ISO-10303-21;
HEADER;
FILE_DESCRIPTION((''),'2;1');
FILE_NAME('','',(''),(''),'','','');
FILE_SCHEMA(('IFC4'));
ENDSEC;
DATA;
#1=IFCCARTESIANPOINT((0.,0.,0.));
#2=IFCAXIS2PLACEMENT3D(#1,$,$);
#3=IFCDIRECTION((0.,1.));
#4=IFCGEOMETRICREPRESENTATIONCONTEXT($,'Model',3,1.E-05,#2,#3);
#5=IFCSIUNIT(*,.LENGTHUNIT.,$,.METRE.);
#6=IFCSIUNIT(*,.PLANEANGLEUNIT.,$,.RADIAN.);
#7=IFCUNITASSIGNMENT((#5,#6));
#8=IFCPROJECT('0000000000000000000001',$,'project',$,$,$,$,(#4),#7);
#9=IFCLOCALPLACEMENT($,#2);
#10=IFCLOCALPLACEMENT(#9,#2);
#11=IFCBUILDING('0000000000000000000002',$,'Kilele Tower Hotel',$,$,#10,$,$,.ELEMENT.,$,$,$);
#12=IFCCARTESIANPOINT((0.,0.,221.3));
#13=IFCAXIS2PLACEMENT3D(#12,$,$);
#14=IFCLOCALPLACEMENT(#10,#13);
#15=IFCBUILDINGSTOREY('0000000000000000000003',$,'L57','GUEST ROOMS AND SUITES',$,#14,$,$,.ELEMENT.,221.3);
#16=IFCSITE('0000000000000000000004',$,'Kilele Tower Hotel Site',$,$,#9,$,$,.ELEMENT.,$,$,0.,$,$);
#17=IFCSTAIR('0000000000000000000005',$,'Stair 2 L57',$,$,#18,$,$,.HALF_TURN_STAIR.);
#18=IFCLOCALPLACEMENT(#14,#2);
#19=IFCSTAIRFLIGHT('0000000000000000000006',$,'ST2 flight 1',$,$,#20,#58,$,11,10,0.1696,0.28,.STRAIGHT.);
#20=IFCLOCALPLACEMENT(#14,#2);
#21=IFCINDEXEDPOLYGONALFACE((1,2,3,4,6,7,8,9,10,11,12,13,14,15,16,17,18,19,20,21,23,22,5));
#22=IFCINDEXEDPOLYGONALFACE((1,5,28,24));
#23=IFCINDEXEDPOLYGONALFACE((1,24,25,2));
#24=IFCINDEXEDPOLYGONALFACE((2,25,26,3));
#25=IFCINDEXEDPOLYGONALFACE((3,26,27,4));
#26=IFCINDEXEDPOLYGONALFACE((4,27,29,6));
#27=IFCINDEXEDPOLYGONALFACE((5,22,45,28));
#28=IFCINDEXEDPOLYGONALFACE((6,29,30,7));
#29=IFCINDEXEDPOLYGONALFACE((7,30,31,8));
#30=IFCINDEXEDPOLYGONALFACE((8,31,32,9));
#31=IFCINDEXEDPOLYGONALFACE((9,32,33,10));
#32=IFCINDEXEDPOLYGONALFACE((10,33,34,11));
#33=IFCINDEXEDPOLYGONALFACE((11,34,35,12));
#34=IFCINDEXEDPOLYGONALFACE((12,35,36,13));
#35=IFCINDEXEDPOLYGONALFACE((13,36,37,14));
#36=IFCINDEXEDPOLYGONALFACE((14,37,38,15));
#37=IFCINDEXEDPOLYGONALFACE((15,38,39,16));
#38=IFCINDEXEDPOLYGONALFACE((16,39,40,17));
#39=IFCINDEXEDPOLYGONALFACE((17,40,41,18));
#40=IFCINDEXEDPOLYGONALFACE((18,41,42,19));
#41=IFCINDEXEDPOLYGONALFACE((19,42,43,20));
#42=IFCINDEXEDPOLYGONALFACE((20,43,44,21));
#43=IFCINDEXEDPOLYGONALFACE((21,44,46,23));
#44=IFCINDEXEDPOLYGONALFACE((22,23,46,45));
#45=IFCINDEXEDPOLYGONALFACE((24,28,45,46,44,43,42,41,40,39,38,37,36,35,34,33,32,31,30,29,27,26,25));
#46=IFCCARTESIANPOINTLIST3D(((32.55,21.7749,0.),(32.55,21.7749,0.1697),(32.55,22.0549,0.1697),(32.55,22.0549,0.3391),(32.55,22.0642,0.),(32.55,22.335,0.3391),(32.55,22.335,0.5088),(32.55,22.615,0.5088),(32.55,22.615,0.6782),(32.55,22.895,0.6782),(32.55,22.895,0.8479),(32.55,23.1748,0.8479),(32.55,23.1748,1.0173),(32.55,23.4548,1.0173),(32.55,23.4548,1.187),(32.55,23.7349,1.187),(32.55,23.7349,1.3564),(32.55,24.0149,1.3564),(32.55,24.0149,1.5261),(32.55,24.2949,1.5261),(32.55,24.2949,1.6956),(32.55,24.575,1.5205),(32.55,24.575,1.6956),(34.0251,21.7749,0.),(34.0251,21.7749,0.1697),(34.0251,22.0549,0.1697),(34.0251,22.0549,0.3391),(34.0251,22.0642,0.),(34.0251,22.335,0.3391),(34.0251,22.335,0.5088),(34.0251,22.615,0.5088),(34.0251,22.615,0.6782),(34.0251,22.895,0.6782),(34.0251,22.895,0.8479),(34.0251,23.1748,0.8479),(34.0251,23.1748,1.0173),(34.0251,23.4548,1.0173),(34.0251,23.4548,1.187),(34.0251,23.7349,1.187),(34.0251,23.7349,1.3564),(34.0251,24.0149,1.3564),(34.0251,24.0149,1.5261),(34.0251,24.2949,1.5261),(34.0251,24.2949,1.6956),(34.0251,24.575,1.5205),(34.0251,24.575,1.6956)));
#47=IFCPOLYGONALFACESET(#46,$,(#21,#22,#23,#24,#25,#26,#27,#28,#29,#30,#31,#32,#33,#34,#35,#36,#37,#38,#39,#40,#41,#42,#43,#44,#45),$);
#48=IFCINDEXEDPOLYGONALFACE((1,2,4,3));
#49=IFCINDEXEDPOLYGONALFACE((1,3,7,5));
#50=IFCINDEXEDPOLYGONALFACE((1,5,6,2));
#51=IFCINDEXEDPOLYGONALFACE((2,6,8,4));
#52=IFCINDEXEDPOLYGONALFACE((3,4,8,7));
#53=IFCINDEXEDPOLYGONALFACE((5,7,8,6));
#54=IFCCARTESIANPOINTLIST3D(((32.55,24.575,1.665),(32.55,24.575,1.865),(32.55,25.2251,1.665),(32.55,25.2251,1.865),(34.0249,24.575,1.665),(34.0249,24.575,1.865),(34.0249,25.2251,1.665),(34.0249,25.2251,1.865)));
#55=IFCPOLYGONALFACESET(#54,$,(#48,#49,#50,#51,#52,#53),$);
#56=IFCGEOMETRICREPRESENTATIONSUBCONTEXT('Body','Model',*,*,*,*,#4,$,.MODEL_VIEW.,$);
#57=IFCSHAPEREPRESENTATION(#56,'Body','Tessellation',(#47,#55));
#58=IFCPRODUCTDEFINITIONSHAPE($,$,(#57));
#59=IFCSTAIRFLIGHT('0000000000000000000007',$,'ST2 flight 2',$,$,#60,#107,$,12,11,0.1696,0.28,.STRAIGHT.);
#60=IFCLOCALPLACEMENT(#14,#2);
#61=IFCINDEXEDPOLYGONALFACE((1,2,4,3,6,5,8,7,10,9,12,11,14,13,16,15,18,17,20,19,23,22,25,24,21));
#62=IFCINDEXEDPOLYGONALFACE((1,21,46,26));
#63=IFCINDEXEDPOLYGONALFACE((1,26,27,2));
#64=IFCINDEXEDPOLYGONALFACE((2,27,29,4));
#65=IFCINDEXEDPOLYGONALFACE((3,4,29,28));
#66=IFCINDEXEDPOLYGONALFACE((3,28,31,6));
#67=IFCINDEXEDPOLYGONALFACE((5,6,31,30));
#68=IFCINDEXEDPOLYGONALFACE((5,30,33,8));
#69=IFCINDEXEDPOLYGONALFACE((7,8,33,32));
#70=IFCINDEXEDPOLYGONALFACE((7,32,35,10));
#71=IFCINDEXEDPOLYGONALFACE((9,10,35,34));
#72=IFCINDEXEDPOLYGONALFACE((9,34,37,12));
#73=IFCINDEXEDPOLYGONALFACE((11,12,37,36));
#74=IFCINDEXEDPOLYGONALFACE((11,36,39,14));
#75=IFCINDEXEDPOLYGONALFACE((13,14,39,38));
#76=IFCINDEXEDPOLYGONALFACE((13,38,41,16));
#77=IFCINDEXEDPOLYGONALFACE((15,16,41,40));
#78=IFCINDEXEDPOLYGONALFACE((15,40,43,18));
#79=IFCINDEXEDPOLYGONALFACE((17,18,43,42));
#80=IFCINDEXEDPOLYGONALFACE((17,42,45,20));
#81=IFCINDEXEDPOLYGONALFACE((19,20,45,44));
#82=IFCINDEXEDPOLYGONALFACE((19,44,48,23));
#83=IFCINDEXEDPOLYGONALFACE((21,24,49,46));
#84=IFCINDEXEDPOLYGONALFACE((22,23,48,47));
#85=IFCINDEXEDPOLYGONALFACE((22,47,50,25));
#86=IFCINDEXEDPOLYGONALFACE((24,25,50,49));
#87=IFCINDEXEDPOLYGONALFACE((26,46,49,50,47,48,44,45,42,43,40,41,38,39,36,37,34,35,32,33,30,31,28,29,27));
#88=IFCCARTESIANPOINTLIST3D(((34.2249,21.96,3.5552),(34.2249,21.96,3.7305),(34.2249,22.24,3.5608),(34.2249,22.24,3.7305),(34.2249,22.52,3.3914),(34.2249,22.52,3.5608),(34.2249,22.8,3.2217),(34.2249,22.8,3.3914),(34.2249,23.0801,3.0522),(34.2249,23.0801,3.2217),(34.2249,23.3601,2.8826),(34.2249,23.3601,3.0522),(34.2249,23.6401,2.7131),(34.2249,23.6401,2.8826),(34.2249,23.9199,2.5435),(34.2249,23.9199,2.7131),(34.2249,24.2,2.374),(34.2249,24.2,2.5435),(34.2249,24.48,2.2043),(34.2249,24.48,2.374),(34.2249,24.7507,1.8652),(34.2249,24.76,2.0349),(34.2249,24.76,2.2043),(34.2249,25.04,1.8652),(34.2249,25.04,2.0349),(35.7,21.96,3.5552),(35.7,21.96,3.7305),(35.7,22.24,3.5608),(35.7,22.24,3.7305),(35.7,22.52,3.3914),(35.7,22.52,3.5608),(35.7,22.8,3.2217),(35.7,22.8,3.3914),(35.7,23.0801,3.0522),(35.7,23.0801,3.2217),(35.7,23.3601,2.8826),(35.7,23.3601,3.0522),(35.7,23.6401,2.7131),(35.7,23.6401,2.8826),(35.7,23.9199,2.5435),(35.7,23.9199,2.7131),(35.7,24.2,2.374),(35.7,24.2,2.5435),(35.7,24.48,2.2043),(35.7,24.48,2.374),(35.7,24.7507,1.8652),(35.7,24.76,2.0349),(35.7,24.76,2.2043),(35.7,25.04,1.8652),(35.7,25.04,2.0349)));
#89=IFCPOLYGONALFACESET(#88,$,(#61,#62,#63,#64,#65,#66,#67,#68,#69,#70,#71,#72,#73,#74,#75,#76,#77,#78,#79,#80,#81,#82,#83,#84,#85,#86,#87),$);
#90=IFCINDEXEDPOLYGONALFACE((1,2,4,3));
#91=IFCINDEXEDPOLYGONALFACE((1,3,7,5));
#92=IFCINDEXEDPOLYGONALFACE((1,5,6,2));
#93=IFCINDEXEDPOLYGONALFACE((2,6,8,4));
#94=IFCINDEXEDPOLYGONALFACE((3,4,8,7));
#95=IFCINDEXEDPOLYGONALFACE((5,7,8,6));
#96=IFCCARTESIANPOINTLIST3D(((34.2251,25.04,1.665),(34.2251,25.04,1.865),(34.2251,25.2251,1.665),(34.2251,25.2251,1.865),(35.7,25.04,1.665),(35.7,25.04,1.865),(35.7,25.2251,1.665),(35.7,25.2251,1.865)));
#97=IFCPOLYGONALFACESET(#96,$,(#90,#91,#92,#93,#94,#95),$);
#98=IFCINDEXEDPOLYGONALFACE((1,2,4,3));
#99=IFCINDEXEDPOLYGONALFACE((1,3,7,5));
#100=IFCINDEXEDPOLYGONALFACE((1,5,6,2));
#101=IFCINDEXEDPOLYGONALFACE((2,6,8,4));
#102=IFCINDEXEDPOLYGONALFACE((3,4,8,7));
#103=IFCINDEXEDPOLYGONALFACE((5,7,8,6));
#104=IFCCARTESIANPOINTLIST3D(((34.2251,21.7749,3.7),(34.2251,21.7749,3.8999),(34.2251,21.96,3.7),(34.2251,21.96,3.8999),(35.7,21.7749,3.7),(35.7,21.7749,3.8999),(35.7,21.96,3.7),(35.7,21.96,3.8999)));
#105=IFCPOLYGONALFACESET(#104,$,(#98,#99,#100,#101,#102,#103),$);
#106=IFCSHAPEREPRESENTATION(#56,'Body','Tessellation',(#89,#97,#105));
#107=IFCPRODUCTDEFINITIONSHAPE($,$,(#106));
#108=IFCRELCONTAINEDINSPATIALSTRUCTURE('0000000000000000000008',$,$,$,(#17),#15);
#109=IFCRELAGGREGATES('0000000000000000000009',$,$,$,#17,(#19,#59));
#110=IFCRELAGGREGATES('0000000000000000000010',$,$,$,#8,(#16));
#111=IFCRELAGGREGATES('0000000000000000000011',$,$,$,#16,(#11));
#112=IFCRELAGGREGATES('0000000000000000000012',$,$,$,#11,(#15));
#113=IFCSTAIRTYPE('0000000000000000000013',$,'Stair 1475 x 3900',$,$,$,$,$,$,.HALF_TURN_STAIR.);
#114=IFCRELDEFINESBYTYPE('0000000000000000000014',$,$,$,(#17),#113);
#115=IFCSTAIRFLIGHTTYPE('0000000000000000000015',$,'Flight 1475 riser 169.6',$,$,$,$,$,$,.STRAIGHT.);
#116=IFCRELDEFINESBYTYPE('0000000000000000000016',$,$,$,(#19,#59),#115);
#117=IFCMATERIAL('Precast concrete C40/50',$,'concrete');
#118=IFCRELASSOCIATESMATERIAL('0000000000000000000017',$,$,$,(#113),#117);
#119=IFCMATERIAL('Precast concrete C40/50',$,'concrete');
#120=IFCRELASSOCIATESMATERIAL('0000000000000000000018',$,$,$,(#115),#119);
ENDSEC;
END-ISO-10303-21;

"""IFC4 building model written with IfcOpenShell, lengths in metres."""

from ifc_helpers import new_model, si_unit, direction, frame, origin, place, context, subcontext, project, spatial, polyline, outline, extrude, material, type_object, element, aggregate, save


model = new_model("IFC4")

# Units and contexts
model_context = context("Model", 3, precision=1e-05, world=origin(), true_north=direction((0.0, 1.0)))
body_context = subcontext(model_context, "Body", "Model", "MODEL_VIEW")
ifc_project = project(units=[si_unit("LENGTHUNIT", "METRE"), si_unit("PLANEANGLEUNIT", "RADIAN")], contexts=[model_context])

# Site, building, storey
site_placement = place(None, origin())
site = spatial("IfcSite", under=ifc_project, at=site_placement, Name="Kilele Tower Hotel Site", CompositionType="ELEMENT", RefElevation=0.0)
building_placement = place(site_placement, origin())
building = spatial("IfcBuilding", under=site, at=building_placement, Name="Kilele Tower Hotel", CompositionType="ELEMENT")
storey_placement = place(building_placement, frame((0.0, 0.0, 221.3)))
storey = spatial("IfcBuildingStorey", under=building, at=storey_placement, Name="L57", Description="GUEST ROOMS AND SUITES", CompositionType="ELEMENT", Elevation=221.3)

# Stair, stair flights
ifc_material_1 = material(Name="Precast concrete C40/50", Category="concrete")
stair_type = type_object("IfcStairType", Name="Stair 1475 x 3900", PredefinedType="HALF_TURN_STAIR", material=ifc_material_1)
stair_placement = place(storey_placement, origin())
stair = element("IfcStair", 1, at=stair_placement, inside=storey, type_object=stair_type, Name="Stair 2 L57", PredefinedType="HALF_TURN_STAIR")
ifc_material_2 = material(Name="Precast concrete C40/50", Category="concrete")
stair_flight_type = type_object("IfcStairFlightType", Name="Flight 1475 riser 169.6", PredefinedType="STRAIGHT", material=ifc_material_2)
stair_flight_1_placement = place(storey_placement, frame((33.2876, 21.7749, 0.0), z_axis=(0.0, 0.0, 1.0), x_axis=(0.0, 1.0, 0.0)))
stair_flight_1 = element("IfcStairFlight", 2, at=stair_flight_1_placement, type_object=stair_flight_type, Name="ST2 flight 1", NumberOfRisers=11, NumberOfTreads=10, PredefinedType="STRAIGHT", RiserHeight=0.1696, TreadLength=0.28, context=body_context, shape_type="SweptSolid", body=[
    extrude(outline(polyline([(0.0, 0.0), (0.0, 0.1697), (0.28, 0.1697), (0.28, 0.3391), (0.5601, 0.3391), (0.5601, 0.5088), (0.8401, 0.5088), (0.8401, 0.6782), (1.1201, 0.6782), (1.1201, 0.8479), (1.3999, 0.8479), (1.3999, 1.0173), (1.6799, 1.0173), (1.6799, 1.187), (1.96, 1.187), (1.96, 1.3564), (2.24, 1.3564), (2.24, 1.5261), (2.52, 1.5261), (2.52, 1.6956), (2.8, 1.6956), (2.8, 1.8652), (2.8, 1.5205), (0.2893, 0.0), (0.0, 0.0)])), frame((0.0, 0.7375, 0.0), z_axis=(0.0, -1.0, 0.0), x_axis=(1.0, 0.0, 0.0)), (0.0, 0.0, 1.0), 1.4751),
    extrude(outline(polyline([(2.8, 0.7375), (2.8, -0.7373), (3.4502, -0.7373), (3.4502, 0.7375), (2.8, 0.7375)])), frame((0.0, 0.0, 1.665)), (0.0, 0.0, 1.0), 0.2),
])
stair_flight_2_placement = place(storey_placement, frame((34.9624, 25.04, 1.8652), z_axis=(0.0, 0.0, 1.0), x_axis=(0.0, -1.0, 0.0)))
stair_flight_2 = element("IfcStairFlight", 3, at=stair_flight_2_placement, type_object=stair_flight_type, Name="ST2 flight 2", NumberOfRisers=12, NumberOfTreads=11, PredefinedType="STRAIGHT", RiserHeight=0.1696, TreadLength=0.28, context=body_context, shape_type="SweptSolid", body=[
    extrude(outline(polyline([(0.0, 0.0), (0.0, 0.1697), (0.28, 0.1697), (0.28, 0.3391), (0.5601, 0.3391), (0.5601, 0.5088), (0.8401, 0.5088), (0.8401, 0.6782), (1.1201, 0.6782), (1.1201, 0.8479), (1.3999, 0.8479), (1.3999, 1.0173), (1.6799, 1.0173), (1.6799, 1.187), (1.96, 1.187), (1.96, 1.3564), (2.24, 1.3564), (2.24, 1.5261), (2.52, 1.5261), (2.52, 1.6956), (2.8, 1.6956), (2.8, 1.8652), (3.0801, 1.8652), (3.0801, 2.0347), (3.0801, 1.6899), (0.2893, 0.0), (0.0, 0.0)])), frame((0.0, 0.7375, 0.0), z_axis=(0.0, -1.0, 0.0), x_axis=(1.0, 0.0, 0.0)), (0.0, 0.0, 1.0), 1.4751),
    extrude(outline(polyline([(0.0, -0.7373), (0.0, 0.7375), (-0.1851, 0.7375), (-0.1851, -0.7373), (0.0, -0.7373)])), frame((0.0, 0.0, -0.2002)), (0.0, 0.0, 1.0), 0.2),
    extrude(outline(polyline([(3.2651, -0.7373), (3.2651, 0.7375), (3.0801, 0.7375), (3.0801, -0.7373), (3.2651, -0.7373)])), frame((0.0, 0.0, 1.8347)), (0.0, 0.0, 1.0), 0.2),
])
aggregate(stair, [stair_flight_1, stair_flight_2])

save(model, "model.ifc")
